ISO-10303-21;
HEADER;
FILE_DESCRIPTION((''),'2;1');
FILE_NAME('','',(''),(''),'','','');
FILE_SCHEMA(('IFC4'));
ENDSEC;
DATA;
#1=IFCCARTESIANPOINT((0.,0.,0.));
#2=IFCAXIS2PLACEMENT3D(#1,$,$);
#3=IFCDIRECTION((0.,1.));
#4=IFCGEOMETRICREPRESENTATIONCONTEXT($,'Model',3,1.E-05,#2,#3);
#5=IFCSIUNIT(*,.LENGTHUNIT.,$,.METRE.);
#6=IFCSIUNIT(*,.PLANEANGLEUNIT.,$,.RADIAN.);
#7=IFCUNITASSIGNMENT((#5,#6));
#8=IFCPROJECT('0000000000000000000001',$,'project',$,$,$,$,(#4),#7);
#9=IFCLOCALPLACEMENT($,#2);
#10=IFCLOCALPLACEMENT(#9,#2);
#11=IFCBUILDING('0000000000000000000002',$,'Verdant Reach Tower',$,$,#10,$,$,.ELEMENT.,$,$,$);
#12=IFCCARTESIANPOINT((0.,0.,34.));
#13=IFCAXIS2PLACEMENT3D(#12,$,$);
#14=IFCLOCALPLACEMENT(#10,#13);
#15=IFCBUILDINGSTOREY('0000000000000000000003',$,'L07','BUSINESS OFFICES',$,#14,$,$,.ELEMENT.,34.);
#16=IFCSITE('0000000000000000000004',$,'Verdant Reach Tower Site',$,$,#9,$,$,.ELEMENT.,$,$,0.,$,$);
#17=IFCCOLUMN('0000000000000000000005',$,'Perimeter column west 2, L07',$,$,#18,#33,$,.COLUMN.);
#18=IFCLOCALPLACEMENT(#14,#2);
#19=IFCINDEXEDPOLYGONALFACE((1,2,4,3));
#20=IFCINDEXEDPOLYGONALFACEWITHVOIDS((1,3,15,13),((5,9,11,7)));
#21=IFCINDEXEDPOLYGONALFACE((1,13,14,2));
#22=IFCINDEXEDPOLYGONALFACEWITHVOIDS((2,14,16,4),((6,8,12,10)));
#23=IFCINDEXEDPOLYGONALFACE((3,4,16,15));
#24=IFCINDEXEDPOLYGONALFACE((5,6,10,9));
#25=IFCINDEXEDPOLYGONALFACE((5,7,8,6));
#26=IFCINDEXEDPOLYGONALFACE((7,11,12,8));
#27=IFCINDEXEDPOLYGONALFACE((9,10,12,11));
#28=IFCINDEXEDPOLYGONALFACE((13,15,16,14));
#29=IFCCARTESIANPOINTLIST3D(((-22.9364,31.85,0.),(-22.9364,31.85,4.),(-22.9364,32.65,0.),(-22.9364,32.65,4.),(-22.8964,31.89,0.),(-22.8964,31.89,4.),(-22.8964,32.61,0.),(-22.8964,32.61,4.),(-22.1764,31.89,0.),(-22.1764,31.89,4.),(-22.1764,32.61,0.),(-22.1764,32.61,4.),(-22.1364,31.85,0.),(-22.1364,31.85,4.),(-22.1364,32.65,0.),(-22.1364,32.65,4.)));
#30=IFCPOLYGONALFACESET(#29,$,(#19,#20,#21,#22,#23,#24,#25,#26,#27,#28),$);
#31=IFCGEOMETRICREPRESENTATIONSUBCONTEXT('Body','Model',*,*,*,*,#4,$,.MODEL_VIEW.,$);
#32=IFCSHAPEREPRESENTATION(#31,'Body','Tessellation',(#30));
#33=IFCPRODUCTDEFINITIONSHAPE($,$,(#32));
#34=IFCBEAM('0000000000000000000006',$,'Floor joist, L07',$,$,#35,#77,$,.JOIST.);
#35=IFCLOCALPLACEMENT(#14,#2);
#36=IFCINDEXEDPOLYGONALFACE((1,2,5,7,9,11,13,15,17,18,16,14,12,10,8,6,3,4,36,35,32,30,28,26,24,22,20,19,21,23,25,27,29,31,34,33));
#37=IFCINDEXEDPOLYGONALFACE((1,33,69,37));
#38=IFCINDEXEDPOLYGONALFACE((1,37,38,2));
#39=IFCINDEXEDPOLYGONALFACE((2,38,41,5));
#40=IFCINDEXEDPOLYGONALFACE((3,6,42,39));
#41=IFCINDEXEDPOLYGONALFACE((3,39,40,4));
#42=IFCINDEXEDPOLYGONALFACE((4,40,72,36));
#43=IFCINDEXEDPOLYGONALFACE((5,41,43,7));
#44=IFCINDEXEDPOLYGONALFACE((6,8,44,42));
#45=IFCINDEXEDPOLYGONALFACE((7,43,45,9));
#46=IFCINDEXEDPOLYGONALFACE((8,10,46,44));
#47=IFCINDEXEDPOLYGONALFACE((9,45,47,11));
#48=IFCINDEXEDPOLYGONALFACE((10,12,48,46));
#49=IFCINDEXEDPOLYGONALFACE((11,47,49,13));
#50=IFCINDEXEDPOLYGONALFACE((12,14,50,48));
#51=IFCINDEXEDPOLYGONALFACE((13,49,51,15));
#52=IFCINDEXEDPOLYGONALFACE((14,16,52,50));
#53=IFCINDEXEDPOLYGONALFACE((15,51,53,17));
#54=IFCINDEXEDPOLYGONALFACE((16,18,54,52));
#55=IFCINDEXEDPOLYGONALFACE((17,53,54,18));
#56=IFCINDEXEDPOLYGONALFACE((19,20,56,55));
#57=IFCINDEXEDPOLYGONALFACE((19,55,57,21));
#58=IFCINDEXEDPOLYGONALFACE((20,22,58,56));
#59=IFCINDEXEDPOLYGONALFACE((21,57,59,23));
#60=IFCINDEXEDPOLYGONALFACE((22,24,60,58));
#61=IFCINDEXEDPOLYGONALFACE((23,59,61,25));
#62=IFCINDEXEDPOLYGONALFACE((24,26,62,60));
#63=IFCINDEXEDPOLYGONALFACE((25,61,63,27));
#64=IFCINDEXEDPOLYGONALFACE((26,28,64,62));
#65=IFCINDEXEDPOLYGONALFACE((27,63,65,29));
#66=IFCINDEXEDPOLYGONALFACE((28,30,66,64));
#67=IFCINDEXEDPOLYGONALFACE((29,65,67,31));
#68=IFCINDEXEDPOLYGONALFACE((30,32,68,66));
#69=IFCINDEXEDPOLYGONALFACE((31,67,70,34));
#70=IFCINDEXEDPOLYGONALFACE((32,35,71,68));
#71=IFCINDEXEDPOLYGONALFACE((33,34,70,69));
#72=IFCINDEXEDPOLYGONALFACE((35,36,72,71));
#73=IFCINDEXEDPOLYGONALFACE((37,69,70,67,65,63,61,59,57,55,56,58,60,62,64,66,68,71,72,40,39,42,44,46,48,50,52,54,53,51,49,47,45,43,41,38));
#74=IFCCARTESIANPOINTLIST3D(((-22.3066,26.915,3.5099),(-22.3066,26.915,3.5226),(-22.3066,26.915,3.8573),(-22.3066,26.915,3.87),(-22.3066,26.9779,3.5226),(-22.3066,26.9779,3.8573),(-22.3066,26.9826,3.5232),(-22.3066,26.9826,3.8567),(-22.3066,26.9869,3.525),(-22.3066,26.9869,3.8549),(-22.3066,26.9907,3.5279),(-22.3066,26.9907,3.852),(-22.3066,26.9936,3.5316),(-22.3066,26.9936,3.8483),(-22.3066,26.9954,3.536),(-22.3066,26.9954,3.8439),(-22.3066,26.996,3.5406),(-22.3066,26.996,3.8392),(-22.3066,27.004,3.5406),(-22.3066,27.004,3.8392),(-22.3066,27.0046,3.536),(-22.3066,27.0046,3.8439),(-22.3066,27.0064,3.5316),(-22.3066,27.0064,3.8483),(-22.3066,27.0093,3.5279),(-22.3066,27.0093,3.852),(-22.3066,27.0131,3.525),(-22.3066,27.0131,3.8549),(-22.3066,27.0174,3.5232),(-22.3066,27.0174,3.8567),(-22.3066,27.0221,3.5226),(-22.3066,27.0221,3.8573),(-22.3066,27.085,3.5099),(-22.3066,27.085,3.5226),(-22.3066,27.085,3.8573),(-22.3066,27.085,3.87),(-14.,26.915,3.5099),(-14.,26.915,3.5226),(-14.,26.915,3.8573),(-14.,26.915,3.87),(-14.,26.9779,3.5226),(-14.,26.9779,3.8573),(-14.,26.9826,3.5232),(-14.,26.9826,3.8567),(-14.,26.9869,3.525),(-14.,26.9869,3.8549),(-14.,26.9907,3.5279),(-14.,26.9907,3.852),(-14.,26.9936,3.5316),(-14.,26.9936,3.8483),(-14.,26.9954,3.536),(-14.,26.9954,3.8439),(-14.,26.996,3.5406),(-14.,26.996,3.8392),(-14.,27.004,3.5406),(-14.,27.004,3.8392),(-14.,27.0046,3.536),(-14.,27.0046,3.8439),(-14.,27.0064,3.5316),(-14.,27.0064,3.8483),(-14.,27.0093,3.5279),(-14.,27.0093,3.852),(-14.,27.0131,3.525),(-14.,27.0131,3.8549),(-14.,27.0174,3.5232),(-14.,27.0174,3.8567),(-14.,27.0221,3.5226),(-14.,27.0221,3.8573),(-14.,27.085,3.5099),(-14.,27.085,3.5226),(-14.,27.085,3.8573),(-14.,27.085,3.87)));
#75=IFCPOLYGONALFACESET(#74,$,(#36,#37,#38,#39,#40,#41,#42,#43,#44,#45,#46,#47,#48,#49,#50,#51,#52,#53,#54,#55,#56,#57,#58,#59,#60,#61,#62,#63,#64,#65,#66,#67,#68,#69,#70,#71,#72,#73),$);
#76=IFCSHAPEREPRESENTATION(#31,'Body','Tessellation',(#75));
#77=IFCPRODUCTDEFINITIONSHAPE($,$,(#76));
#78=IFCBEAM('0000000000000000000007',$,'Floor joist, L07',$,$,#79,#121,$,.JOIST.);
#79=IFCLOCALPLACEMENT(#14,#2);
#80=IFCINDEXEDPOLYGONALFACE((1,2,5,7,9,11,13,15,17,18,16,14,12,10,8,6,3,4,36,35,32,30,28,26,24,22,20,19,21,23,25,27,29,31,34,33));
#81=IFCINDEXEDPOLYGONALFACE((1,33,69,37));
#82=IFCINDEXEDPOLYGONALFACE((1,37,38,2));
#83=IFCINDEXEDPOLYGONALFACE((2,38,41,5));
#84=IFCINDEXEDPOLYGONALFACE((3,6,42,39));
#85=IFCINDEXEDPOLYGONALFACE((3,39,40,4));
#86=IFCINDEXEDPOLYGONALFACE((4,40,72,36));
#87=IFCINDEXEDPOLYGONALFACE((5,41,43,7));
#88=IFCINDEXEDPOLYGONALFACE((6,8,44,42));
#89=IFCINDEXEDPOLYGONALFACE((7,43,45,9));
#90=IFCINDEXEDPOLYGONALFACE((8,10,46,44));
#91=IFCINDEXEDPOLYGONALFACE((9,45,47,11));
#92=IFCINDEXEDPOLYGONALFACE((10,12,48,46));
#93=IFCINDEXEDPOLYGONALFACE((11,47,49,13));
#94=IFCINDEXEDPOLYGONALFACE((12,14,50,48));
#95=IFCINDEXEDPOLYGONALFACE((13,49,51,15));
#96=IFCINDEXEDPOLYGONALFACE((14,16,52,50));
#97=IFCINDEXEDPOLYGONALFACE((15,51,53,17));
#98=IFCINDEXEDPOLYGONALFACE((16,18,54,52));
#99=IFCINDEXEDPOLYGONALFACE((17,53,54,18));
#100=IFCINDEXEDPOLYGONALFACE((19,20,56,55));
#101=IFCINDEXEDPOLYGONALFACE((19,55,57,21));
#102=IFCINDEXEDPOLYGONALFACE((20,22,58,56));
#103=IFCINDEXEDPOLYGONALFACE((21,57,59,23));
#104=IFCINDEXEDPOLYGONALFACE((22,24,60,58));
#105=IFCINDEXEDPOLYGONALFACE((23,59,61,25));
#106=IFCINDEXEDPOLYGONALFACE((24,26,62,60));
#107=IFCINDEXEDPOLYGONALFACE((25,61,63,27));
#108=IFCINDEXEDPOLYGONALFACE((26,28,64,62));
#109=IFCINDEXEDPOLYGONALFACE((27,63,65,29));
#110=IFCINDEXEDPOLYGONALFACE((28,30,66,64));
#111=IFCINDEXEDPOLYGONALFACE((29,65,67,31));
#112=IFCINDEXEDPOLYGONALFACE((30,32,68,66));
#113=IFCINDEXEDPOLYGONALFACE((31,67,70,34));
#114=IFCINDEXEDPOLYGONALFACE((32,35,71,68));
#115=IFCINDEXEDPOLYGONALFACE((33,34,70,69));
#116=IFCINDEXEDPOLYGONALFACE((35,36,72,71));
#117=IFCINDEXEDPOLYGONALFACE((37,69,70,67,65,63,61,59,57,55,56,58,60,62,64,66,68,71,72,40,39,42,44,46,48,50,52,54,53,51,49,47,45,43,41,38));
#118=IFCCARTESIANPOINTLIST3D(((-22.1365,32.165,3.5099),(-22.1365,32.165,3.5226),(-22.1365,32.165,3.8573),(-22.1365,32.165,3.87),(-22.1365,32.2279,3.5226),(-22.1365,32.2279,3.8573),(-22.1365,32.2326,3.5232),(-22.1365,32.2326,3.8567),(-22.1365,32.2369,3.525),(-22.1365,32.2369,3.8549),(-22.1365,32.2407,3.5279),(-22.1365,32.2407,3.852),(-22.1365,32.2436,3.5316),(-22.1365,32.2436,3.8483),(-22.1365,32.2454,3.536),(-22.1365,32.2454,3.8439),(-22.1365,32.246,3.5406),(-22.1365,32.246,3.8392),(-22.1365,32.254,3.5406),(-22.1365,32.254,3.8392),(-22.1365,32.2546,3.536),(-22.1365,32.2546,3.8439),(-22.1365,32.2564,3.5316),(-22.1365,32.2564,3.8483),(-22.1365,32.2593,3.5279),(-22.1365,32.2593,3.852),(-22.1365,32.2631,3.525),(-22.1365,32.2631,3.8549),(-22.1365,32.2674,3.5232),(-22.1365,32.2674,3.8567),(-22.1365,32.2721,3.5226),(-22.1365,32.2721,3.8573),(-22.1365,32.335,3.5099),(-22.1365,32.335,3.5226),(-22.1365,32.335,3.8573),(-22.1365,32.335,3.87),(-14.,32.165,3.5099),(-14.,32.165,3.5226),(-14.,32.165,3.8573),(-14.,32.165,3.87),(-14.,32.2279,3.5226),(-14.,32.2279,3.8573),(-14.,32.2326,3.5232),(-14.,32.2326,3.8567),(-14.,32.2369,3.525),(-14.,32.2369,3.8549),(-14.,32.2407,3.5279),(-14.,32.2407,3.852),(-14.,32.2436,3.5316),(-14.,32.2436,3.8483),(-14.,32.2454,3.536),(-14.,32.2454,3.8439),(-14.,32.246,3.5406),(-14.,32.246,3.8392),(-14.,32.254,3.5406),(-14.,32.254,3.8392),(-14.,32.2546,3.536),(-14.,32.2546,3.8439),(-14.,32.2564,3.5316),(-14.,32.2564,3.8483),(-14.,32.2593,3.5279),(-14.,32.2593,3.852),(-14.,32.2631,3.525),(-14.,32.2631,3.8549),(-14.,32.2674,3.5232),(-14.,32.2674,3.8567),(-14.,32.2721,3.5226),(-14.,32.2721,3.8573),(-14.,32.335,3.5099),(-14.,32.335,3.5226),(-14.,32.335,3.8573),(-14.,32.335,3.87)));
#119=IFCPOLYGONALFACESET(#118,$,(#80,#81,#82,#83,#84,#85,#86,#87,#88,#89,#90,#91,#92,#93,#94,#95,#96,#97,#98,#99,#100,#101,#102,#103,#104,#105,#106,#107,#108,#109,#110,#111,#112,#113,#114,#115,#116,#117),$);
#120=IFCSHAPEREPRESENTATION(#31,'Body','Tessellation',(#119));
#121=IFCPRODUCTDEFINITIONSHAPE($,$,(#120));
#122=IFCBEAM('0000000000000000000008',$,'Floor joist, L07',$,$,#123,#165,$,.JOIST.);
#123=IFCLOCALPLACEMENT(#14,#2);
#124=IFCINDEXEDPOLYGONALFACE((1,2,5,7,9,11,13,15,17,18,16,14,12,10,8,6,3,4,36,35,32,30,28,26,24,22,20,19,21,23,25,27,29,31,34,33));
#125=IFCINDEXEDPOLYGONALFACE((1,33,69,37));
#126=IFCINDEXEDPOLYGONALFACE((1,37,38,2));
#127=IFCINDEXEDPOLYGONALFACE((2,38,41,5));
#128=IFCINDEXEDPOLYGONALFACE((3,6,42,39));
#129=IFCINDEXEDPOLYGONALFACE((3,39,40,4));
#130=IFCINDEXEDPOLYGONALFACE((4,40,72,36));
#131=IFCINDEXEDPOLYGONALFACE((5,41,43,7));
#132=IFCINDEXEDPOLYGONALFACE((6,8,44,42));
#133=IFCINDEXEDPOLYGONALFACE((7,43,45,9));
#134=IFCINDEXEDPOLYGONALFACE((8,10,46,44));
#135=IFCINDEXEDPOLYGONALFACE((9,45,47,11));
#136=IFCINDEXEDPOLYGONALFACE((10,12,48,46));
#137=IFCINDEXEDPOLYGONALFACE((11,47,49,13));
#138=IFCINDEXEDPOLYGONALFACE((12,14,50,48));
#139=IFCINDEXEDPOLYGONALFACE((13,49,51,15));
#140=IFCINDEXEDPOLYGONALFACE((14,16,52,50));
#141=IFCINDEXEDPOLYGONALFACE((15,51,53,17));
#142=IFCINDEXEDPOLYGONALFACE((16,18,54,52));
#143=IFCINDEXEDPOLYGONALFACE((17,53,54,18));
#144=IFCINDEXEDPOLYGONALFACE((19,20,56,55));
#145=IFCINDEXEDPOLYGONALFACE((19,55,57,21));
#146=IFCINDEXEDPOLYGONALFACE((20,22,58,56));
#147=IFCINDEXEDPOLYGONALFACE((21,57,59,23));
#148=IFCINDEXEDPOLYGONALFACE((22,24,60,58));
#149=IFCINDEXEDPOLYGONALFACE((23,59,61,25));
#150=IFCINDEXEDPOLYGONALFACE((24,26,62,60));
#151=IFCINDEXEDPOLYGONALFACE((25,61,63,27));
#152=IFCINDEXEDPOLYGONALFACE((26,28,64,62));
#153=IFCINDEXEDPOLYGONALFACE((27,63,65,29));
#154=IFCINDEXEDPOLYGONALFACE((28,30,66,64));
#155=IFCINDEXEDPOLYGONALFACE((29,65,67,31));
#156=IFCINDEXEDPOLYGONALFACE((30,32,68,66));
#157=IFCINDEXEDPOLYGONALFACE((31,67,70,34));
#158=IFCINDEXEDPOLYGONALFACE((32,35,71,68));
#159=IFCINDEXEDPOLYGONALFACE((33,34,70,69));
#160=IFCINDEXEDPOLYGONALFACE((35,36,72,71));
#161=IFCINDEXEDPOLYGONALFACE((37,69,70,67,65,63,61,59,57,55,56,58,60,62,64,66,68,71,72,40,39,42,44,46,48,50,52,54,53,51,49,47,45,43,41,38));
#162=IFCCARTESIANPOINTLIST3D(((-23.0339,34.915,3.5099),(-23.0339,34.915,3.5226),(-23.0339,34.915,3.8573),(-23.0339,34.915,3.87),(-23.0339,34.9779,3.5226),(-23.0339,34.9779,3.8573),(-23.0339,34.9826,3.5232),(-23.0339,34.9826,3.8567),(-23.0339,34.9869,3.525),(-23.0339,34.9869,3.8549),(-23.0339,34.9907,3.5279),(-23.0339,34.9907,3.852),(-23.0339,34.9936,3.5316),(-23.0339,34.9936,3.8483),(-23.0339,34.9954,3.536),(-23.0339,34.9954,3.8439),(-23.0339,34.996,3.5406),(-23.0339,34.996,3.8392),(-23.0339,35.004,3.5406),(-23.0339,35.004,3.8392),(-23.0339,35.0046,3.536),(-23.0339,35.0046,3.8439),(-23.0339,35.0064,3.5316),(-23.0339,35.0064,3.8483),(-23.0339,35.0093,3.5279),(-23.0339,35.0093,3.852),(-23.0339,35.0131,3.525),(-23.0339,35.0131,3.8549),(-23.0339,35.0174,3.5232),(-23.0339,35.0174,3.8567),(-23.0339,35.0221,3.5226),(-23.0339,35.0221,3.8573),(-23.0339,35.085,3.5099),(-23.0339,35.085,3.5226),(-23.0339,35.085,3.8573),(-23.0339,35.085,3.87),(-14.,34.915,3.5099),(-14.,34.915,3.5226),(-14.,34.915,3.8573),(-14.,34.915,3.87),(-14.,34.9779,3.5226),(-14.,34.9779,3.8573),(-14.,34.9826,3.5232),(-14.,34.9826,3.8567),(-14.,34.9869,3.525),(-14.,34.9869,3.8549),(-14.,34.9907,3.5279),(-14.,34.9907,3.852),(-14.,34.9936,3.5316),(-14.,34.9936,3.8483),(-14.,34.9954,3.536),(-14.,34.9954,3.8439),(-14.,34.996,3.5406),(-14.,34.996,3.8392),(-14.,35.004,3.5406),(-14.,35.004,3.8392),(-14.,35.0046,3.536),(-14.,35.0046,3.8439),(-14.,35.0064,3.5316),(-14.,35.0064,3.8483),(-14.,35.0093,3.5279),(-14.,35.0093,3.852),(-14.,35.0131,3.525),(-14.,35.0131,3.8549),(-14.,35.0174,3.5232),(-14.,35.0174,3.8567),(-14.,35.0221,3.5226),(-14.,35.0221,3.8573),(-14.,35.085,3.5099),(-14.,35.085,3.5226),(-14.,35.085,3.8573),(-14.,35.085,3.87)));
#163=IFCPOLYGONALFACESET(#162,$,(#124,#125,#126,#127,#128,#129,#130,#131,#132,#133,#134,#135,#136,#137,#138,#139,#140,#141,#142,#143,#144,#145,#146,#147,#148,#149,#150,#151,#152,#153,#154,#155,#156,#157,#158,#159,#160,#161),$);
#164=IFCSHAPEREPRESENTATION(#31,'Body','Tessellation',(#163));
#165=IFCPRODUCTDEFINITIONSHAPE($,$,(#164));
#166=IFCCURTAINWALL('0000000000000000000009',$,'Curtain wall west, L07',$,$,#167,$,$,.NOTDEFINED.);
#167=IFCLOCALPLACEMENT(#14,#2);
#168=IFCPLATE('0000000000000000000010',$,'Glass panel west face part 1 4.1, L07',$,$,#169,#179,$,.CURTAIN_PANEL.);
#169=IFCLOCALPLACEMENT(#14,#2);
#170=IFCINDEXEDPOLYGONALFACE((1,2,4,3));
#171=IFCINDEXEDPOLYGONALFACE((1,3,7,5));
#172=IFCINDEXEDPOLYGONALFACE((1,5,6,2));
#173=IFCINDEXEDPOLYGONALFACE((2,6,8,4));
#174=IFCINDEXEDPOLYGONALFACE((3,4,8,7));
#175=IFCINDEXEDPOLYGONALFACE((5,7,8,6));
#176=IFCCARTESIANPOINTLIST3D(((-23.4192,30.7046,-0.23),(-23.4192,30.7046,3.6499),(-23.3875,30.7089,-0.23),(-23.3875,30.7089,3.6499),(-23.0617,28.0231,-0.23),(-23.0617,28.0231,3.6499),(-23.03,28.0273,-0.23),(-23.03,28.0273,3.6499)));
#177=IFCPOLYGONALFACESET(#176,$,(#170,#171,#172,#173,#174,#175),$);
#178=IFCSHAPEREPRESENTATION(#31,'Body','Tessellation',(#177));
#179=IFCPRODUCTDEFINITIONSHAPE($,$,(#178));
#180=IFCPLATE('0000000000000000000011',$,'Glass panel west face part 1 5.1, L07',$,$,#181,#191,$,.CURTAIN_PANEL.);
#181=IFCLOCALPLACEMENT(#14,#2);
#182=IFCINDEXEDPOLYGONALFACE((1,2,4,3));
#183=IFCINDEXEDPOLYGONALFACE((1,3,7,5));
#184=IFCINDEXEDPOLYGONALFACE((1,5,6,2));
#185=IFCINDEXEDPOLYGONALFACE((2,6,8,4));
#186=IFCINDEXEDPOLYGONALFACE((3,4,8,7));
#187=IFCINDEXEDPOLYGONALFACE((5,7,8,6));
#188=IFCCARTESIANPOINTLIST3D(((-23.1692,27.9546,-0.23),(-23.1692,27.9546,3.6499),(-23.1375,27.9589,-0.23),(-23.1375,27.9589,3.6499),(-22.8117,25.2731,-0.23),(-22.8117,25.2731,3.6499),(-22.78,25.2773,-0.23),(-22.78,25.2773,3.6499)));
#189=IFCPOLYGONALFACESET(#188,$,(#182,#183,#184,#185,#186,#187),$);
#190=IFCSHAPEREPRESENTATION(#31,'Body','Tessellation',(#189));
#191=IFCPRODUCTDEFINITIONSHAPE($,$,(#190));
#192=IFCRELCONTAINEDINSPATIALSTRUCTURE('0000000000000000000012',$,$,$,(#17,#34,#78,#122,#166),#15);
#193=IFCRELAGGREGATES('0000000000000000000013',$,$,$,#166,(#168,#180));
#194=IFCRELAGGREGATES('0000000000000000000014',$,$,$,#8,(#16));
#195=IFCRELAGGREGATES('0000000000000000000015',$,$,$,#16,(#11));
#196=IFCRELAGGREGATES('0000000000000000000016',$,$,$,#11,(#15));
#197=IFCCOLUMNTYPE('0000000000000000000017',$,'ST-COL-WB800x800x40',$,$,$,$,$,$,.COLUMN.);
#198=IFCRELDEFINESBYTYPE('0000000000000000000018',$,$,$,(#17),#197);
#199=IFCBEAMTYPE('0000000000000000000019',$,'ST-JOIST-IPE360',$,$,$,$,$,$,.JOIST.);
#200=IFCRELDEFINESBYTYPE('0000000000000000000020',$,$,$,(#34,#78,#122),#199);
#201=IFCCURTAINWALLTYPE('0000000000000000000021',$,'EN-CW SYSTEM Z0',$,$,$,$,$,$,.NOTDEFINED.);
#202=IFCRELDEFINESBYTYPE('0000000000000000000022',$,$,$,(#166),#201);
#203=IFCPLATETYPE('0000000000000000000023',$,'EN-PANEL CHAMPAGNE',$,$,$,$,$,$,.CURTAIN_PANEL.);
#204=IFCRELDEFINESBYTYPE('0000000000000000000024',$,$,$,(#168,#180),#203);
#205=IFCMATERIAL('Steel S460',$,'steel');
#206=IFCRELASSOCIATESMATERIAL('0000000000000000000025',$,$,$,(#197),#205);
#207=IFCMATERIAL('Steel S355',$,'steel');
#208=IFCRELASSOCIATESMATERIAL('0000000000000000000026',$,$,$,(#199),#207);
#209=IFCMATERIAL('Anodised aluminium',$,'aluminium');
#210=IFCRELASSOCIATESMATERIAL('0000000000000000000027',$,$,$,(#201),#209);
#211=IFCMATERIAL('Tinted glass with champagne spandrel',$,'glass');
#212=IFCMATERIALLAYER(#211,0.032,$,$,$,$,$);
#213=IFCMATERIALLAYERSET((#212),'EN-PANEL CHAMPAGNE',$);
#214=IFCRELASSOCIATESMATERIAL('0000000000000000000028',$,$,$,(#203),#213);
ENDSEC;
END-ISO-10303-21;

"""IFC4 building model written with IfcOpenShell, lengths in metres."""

from ifc_helpers import new_model, si_unit, direction, frame, origin, origin_2d, place, context, subcontext, project, spatial, rectangle, hollow_rectangle, i_section, extrude, material, layer, layer_set, material_profile, profile_set, type_object, element, aggregate, save


model = new_model("IFC4")

# Units and contexts
model_context = context("Model", 3, precision=1e-05, world=origin(), true_north=direction((0.0, 1.0)))
body_context = subcontext(model_context, "Body", "Model", "MODEL_VIEW")
ifc_project = project(units=[si_unit("LENGTHUNIT", "METRE"), si_unit("PLANEANGLEUNIT", "RADIAN")], contexts=[model_context])

# Site, building, storey
site_placement = place(None, origin())
site = spatial("IfcSite", under=ifc_project, at=site_placement, Name="Verdant Reach Tower Site", CompositionType="ELEMENT", RefElevation=0.0)
building_placement = place(site_placement, origin())
building = spatial("IfcBuilding", under=site, at=building_placement, Name="Verdant Reach Tower", CompositionType="ELEMENT")
storey_placement = place(building_placement, frame((0.0, 0.0, 34.0)))
storey = spatial("IfcBuildingStorey", under=building, at=storey_placement, Name="L07", Description="BUSINESS OFFICES", CompositionType="ELEMENT", Elevation=34.0)

# Column
ifc_material_1 = material(Name="Steel S460", Category="steel")
ifc_material_profile_1 = material_profile(ifc_material_1, hollow_rectangle(XDim=0.8, YDim=0.8, WallThickness=0.04, at=origin_2d()), Name="WB 800x800x40")
ifc_profile_set_1 = profile_set([ifc_material_profile_1], Name="Steel S460")
column_type = type_object("IfcColumnType", Name="ST-COL-WB800x800x40", PredefinedType="COLUMN", material=ifc_profile_set_1)
column_placement = place(storey_placement, frame((-22.5364, 32.25, 0.0), z_axis=(0.0, 0.0, 1.0), x_axis=(1.0, 0.0, 0.0)))
element("IfcColumn", 1, at=column_placement, inside=storey, type_object=column_type, Name="Perimeter column west 2, L07", PredefinedType="COLUMN", context=body_context, shape_type="SweptSolid", body=[
    extrude(hollow_rectangle(XDim=0.8, YDim=0.8, WallThickness=0.04, at=origin_2d()), origin(), (0.0, 0.0, 1.0), 4.0),
])

# Beams
ifc_material_2 = material(Name="Steel S355", Category="steel")
ifc_material_profile_2 = material_profile(ifc_material_2, i_section(OverallWidth=0.1699, OverallDepth=0.3601, WebThickness=0.0081, FlangeThickness=0.0127, FilletRadius=0.0181, at=origin_2d()), Name="IPE 360")
ifc_profile_set_2 = profile_set([ifc_material_profile_2], Name="Steel S355")
beam_type = type_object("IfcBeamType", Name="ST-JOIST-IPE360", PredefinedType="JOIST", material=ifc_profile_set_2)
beam_1_placement = place(storey_placement, frame((-14.0, 27.0, 3.6899), z_axis=(-1.0, 0.0, 0.0), x_axis=(0.0, -1.0, 0.0)))
element("IfcBeam", 2, at=beam_1_placement, inside=storey, type_object=beam_type, Name="Floor joist, L07", PredefinedType="JOIST", context=body_context, shape_type="SweptSolid", body=[
    extrude(i_section(OverallWidth=0.1699, OverallDepth=0.3601, WebThickness=0.0081, FlangeThickness=0.0127, FilletRadius=0.0181, at=origin_2d()), origin(), (0.0, 0.0, 1.0), 8.3066),
])
beam_2_placement = place(storey_placement, frame((-14.0, 32.25, 3.6899), z_axis=(-1.0, 0.0, 0.0), x_axis=(0.0, -1.0, 0.0)))
element("IfcBeam", 3, at=beam_2_placement, inside=storey, type_object=beam_type, Name="Floor joist, L07", PredefinedType="JOIST", context=body_context, shape_type="SweptSolid", body=[
    extrude(i_section(OverallWidth=0.1699, OverallDepth=0.3601, WebThickness=0.0081, FlangeThickness=0.0127, FilletRadius=0.0181, at=origin_2d()), origin(), (0.0, 0.0, 1.0), 8.1365),
])
beam_3_placement = place(storey_placement, frame((-14.0, 35.0, 3.6899), z_axis=(-1.0, 0.0, 0.0), x_axis=(0.0, -1.0, 0.0)))
element("IfcBeam", 4, at=beam_3_placement, inside=storey, type_object=beam_type, Name="Floor joist, L07", PredefinedType="JOIST", context=body_context, shape_type="SweptSolid", body=[
    extrude(i_section(OverallWidth=0.1699, OverallDepth=0.3601, WebThickness=0.0081, FlangeThickness=0.0127, FilletRadius=0.0181, at=origin_2d()), origin(), (0.0, 0.0, 1.0), 9.0339),
])

# Curtain wall, plates
ifc_material_3 = material(Name="Anodised aluminium", Category="aluminium")
curtain_wall_type = type_object("IfcCurtainWallType", Name="EN-CW SYSTEM Z0", PredefinedType="NOTDEFINED", material=ifc_material_3)
curtain_wall_placement = place(storey_placement, origin())
curtain_wall = element("IfcCurtainWall", 5, at=curtain_wall_placement, inside=storey, type_object=curtain_wall_type, Name="Curtain wall west, L07", PredefinedType="NOTDEFINED")
ifc_material_4 = material(Name="Tinted glass with champagne spandrel", Category="glass")
ifc_layer_1 = layer(ifc_material_4, 0.032)
ifc_layer_set_1 = layer_set([ifc_layer_1], Name="EN-PANEL CHAMPAGNE")
plate_type_1 = type_object("IfcPlateType", Name="EN-PANEL CHAMPAGNE", PredefinedType="CURTAIN_PANEL", material=ifc_layer_set_1)
plate_1_placement = place(storey_placement, frame((-23.2246, 29.366, -0.23), z_axis=(0.0, 0.0, 1.0), x_axis=(0.13216, -0.991228, 0.0)))
plate_1 = element("IfcPlate", 6, at=plate_1_placement, type_object=plate_type_1, Name="Glass panel west face part 1 4.1, L07", PredefinedType="CURTAIN_PANEL", context=body_context, shape_type="SweptSolid", body=[
    extrude(rectangle(XDim=2.7053, YDim=0.032, at=origin_2d()), origin(), (0.0, 0.0, 1.0), 3.8799),
])
plate_2_placement = place(storey_placement, frame((-22.9746, 26.616, -0.23), z_axis=(0.0, 0.0, 1.0), x_axis=(0.13216, -0.991228, 0.0)))
plate_2 = element("IfcPlate", 7, at=plate_2_placement, type_object=plate_type_1, Name="Glass panel west face part 1 5.1, L07", PredefinedType="CURTAIN_PANEL", context=body_context, shape_type="SweptSolid", body=[
    extrude(rectangle(XDim=2.7053, YDim=0.032, at=origin_2d()), origin(), (0.0, 0.0, 1.0), 3.8799),
])
aggregate(curtain_wall, [plate_1, plate_2])

save(model, "model.ifc")
